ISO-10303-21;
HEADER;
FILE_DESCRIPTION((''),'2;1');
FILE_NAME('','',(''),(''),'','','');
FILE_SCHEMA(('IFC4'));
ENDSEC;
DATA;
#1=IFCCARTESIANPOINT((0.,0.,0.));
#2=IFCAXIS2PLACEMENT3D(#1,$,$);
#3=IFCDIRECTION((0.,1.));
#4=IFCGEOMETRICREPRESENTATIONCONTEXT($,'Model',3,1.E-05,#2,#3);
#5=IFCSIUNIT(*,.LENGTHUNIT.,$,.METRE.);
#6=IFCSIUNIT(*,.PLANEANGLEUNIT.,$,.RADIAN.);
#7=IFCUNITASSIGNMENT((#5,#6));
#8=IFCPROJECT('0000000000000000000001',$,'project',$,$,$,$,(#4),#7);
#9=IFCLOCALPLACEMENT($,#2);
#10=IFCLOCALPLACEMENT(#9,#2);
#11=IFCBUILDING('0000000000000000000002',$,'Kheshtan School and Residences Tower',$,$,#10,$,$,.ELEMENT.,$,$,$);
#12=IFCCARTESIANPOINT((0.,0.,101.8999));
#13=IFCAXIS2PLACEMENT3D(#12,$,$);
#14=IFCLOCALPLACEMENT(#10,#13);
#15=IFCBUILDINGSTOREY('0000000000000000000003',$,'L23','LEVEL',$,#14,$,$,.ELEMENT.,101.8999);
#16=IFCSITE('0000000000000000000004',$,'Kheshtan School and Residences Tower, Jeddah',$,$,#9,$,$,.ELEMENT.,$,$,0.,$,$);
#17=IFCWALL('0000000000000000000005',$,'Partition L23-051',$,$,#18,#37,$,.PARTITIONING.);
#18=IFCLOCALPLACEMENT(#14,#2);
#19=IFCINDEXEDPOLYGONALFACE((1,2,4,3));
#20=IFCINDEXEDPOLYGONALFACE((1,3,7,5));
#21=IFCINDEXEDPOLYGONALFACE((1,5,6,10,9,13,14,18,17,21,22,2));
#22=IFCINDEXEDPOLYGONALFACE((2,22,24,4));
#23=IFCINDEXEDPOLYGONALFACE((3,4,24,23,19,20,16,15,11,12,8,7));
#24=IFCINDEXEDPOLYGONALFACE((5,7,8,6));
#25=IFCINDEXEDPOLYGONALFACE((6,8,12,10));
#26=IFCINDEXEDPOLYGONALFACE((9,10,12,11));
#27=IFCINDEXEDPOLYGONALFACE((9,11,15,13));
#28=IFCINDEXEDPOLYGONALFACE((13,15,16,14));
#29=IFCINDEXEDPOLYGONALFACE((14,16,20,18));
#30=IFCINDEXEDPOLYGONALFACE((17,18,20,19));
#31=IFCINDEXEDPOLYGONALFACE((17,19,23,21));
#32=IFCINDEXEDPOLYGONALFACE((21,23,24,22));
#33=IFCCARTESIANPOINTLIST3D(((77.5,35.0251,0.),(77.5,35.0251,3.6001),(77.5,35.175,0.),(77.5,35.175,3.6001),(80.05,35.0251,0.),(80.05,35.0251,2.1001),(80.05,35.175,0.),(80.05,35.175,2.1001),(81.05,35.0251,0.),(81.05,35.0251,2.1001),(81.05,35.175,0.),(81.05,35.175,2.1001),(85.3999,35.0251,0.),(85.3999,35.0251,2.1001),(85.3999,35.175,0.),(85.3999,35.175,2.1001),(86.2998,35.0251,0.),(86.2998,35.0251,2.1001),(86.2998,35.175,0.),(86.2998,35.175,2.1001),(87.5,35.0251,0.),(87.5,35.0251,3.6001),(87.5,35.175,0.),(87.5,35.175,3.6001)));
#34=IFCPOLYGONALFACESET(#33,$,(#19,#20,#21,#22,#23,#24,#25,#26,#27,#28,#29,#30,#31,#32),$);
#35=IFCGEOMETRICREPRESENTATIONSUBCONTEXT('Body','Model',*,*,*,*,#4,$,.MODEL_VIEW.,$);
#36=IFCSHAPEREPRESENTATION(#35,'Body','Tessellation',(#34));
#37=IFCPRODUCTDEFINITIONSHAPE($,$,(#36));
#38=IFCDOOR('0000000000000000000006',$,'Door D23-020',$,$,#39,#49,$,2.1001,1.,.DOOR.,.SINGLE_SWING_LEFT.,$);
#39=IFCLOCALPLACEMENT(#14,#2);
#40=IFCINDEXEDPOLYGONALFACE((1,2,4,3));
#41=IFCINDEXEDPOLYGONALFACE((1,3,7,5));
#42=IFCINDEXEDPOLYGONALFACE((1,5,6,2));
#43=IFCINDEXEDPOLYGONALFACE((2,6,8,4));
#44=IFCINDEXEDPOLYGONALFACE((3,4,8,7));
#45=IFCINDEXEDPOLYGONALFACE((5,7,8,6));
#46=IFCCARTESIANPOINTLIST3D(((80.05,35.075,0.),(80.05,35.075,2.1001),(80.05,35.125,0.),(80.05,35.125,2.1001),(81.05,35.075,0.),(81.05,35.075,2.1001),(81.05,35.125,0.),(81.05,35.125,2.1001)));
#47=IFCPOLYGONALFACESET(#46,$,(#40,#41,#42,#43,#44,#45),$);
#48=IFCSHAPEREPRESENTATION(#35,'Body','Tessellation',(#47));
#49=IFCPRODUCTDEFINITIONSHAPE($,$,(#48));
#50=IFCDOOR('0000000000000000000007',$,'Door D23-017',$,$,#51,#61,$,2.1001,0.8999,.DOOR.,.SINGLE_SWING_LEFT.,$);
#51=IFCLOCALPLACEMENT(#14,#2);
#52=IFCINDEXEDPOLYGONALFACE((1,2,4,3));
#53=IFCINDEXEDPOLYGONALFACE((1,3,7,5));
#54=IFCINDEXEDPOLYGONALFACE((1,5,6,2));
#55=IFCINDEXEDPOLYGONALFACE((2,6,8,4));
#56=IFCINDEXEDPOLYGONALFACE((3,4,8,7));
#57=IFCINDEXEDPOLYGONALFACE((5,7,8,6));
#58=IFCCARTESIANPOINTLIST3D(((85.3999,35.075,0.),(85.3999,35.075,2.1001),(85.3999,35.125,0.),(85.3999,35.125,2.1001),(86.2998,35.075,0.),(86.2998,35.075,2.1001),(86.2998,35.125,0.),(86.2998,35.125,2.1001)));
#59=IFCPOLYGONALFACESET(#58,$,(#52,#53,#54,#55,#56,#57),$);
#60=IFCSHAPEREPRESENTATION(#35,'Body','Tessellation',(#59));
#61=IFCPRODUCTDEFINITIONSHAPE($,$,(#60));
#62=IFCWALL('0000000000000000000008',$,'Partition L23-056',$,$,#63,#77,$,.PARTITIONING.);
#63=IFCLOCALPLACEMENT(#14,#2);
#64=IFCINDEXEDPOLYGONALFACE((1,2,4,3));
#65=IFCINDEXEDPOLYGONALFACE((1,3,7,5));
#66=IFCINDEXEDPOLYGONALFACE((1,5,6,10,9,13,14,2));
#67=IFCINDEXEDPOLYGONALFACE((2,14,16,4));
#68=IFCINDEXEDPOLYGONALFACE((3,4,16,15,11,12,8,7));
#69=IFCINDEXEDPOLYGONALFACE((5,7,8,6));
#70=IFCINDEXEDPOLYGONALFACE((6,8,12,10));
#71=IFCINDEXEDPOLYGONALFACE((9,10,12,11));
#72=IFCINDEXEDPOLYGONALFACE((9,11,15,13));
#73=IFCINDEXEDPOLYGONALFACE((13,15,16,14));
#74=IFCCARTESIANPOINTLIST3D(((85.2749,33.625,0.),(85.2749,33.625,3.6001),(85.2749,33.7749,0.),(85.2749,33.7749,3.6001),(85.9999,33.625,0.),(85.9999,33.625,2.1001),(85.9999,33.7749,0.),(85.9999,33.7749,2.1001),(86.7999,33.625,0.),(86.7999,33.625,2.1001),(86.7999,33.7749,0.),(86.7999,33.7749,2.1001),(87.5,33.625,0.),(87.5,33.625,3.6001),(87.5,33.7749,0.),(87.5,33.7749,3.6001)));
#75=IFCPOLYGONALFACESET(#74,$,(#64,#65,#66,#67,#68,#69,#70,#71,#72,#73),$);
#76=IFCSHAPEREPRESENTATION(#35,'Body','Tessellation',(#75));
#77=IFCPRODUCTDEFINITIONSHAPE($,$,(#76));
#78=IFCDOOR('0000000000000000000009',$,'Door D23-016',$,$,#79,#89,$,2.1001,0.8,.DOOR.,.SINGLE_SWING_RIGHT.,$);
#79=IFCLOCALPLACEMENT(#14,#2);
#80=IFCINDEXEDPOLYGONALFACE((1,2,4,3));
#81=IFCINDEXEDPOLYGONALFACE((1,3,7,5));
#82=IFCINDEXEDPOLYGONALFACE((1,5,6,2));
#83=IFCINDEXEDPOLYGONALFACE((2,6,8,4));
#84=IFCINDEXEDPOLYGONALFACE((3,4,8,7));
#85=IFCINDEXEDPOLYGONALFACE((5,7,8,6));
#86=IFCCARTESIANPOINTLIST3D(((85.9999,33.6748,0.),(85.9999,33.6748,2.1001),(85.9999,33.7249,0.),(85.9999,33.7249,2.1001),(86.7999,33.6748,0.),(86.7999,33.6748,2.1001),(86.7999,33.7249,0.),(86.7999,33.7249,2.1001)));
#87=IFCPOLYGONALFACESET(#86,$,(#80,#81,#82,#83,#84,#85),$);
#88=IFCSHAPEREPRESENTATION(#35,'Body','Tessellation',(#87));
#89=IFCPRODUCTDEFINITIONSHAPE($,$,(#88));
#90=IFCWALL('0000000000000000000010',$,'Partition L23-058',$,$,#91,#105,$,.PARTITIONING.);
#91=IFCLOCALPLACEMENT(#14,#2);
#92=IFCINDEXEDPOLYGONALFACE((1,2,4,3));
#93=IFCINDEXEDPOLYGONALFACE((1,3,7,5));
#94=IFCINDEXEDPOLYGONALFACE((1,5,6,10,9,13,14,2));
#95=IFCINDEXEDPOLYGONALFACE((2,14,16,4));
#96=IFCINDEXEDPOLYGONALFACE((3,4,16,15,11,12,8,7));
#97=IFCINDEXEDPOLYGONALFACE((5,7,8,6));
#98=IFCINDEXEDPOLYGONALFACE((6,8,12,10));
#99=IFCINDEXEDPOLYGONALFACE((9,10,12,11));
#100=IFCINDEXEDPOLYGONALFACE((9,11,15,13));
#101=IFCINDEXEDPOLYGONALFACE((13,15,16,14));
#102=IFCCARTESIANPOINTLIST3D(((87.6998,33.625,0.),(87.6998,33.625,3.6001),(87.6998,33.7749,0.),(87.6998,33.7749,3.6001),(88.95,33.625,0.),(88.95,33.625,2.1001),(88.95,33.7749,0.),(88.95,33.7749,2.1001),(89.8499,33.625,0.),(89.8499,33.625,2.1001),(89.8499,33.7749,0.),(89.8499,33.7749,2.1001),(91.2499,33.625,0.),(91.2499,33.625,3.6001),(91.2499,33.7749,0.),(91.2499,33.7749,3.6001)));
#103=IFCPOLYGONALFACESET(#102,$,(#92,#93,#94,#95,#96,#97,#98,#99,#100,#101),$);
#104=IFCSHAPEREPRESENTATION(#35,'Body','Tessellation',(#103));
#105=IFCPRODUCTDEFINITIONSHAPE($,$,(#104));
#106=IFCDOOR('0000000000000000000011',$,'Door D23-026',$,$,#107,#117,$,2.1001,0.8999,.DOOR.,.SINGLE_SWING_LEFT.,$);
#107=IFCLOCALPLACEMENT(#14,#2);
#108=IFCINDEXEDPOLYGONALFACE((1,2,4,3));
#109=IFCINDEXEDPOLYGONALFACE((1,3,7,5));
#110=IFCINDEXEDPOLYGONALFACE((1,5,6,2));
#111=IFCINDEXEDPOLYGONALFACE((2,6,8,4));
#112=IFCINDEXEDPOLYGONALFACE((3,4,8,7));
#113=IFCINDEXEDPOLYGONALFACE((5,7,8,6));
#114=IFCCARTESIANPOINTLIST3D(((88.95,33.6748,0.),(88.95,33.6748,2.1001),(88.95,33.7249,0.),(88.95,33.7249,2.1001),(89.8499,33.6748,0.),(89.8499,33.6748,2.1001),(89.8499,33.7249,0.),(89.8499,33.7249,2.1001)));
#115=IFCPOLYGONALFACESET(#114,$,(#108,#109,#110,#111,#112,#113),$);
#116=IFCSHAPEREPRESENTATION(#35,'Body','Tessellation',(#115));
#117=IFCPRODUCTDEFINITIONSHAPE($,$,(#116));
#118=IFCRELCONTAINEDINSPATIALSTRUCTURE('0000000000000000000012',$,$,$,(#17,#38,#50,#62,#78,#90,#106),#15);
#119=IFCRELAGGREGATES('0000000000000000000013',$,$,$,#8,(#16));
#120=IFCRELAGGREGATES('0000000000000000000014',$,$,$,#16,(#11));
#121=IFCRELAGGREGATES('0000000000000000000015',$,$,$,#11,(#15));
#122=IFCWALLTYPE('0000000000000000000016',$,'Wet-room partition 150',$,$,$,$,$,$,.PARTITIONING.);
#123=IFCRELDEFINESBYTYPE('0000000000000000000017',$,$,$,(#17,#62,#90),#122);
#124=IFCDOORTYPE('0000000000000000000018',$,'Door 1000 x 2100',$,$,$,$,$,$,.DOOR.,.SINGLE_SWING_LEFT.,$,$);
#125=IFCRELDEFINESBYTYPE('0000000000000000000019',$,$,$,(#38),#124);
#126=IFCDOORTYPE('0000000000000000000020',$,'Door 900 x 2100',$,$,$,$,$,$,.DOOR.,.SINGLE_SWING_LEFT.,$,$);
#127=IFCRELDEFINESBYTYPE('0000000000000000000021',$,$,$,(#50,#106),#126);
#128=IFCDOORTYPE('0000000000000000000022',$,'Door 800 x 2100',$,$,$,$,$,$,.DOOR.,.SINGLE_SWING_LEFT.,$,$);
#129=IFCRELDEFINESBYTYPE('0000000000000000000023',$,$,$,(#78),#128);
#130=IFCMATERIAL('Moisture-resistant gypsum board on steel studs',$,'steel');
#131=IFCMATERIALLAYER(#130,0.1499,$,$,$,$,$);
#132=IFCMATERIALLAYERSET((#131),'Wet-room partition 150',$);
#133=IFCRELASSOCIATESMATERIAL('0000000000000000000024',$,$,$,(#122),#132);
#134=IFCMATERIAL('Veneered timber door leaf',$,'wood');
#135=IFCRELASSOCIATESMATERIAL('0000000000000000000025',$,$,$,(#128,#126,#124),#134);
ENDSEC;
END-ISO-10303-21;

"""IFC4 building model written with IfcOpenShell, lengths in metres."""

from ifc_helpers import new_model, si_unit, direction, frame, frame_2d, origin, place, context, subcontext, project, spatial, rectangle, extrude, source, transform, mapped, material, layer, layer_set, type_object, element, fill, save


model = new_model("IFC4")

# Units and contexts
model_context = context("Model", 3, precision=1e-05, world=origin(), true_north=direction((0.0, 1.0)))
body_context = subcontext(model_context, "Body", "Model", "MODEL_VIEW")
ifc_project = project(units=[si_unit("LENGTHUNIT", "METRE"), si_unit("PLANEANGLEUNIT", "RADIAN")], contexts=[model_context])

# Site, building, storey
site_placement = place(None, origin())
site = spatial("IfcSite", under=ifc_project, at=site_placement, Name="Kheshtan School and Residences Tower, Jeddah", CompositionType="ELEMENT", RefElevation=0.0)
building_placement = place(site_placement, origin())
building = spatial("IfcBuilding", under=site, at=building_placement, Name="Kheshtan School and Residences Tower", CompositionType="ELEMENT")
storey_placement = place(building_placement, frame((0.0, 0.0, 101.8999)))
storey = spatial("IfcBuildingStorey", under=building, at=storey_placement, Name="L23", Description="LEVEL", CompositionType="ELEMENT", Elevation=101.8999)

# Wall, openings, doors
ifc_material_1 = material(Name="Moisture-resistant gypsum board on steel studs", Category="steel")
ifc_layer_1 = layer(ifc_material_1, 0.1499)
ifc_layer_set_1 = layer_set([ifc_layer_1], Name="Wet-room partition 150")
wall_type_1 = type_object("IfcWallType", Name="Wet-room partition 150", PredefinedType="PARTITIONING", material=ifc_layer_set_1)
ifc_material_2 = material(Name="Veneered timber door leaf", Category="wood")
door_type_1 = type_object("IfcDoorType", Name="Door 800 x 2100", OperationType="SINGLE_SWING_LEFT", PredefinedType="DOOR", material=ifc_material_2)
shared_shape_1 = source(origin(), body_context, "Body", "SweptSolid", [
    extrude(rectangle(XDim=0.8, YDim=2.1001, at=frame_2d((0.3999, 1.05))), frame((0.0, 0.0249, 0.0), z_axis=(0.0, -1.0, 0.0), x_axis=(1.0, 0.0, 0.0)), (0.0, 0.0, 1.0), 0.05),
])
door_type_2 = type_object("IfcDoorType", Name="Door 900 x 2100", OperationType="SINGLE_SWING_LEFT", PredefinedType="DOOR", material=ifc_material_2)
shared_shape_2 = source(origin(), body_context, "Body", "SweptSolid", [
    extrude(rectangle(XDim=0.8999, YDim=2.1001, at=frame_2d((0.45, 1.05))), frame((0.0, 0.0249, 0.0), z_axis=(0.0, -1.0, 0.0), x_axis=(1.0, 0.0, 0.0)), (0.0, 0.0, 1.0), 0.05),
])
wall_1_placement = place(storey_placement, frame((77.5, 35.1001, 0.0), z_axis=(0.0, 0.0, 1.0), x_axis=(1.0, 0.0, 0.0)))
wall_1 = element("IfcWall", 1, at=wall_1_placement, inside=storey, type_object=wall_type_1, Name="Partition L23-051", PredefinedType="PARTITIONING", context=body_context, shape_type="SweptSolid", body=[
    extrude(rectangle(XDim=10.0, YDim=0.1499, at=frame_2d((5.0, 0.0))), origin(), (0.0, 0.0, 1.0), 3.6001),
])
opening_1_placement = place(wall_1_placement, frame((7.8999, 0.0, 0.0)))
opening_1 = element("IfcOpeningElement", 2, at=opening_1_placement, cuts=wall_1, PredefinedType="OPENING", context=body_context, shape_type="SweptSolid", body=[
    extrude(rectangle(XDim=0.8999, YDim=2.1001, at=frame_2d((0.45, 1.05))), frame((0.0, 0.085, 0.0), z_axis=(0.0, -1.0, 0.0), x_axis=(1.0, 0.0, 0.0)), (0.0, 0.0, 1.0), 0.1699),
])
opening_2_placement = place(wall_1_placement, frame((2.55, 0.0, 0.0)))
opening_2 = element("IfcOpeningElement", 3, at=opening_2_placement, cuts=wall_1, PredefinedType="OPENING", context=body_context, shape_type="SweptSolid", body=[
    extrude(rectangle(XDim=1.0, YDim=2.1001, at=frame_2d((0.5, 1.05))), frame((0.0, 0.085, 0.0), z_axis=(0.0, -1.0, 0.0), x_axis=(1.0, 0.0, 0.0)), (0.0, 0.0, 1.0), 0.1699),
])
door_type_3 = type_object("IfcDoorType", Name="Door 1000 x 2100", OperationType="SINGLE_SWING_LEFT", PredefinedType="DOOR", material=ifc_material_2)
shared_shape_3 = source(origin(), body_context, "Body", "SweptSolid", [
    extrude(rectangle(XDim=1.0, YDim=2.1001, at=frame_2d((0.5, 1.05))), frame((0.0, 0.0249, 0.0), z_axis=(0.0, -1.0, 0.0), x_axis=(1.0, 0.0, 0.0)), (0.0, 0.0, 1.0), 0.05),
])
door_1_placement = place(opening_2_placement, origin())
door_1 = element("IfcDoor", 4, at=door_1_placement, inside=storey, type_object=door_type_3, Name="Door D23-020", OperationType="SINGLE_SWING_LEFT", OverallHeight=2.1001, OverallWidth=1.0, PredefinedType="DOOR", context=body_context, shape_type="MappedRepresentation", body=[
    mapped(shared_shape_3, transform((0.0, 0.0, 0.0), x_axis=(1.0, 0.0, 0.0), y_axis=(0.0, 1.0, 0.0), z_axis=(0.0, 0.0, 1.0), scale=1.0)),
])
fill(opening_2, door_1)
door_2_placement = place(opening_1_placement, origin())
door_2 = element("IfcDoor", 5, at=door_2_placement, inside=storey, type_object=door_type_2, Name="Door D23-017", OperationType="SINGLE_SWING_LEFT", OverallHeight=2.1001, OverallWidth=0.8999, PredefinedType="DOOR", context=body_context, shape_type="MappedRepresentation", body=[
    mapped(shared_shape_2, transform((0.0, 0.0, 0.0), x_axis=(1.0, 0.0, 0.0), y_axis=(0.0, 1.0, 0.0), z_axis=(0.0, 0.0, 1.0), scale=1.0)),
])
fill(opening_1, door_2)

# Walls, openings, doors
wall_2_placement = place(storey_placement, frame((85.2749, 33.7, 0.0), z_axis=(0.0, 0.0, 1.0), x_axis=(1.0, 0.0, 0.0)))
wall_2 = element("IfcWall", 6, at=wall_2_placement, inside=storey, type_object=wall_type_1, Name="Partition L23-056", PredefinedType="PARTITIONING", context=body_context, shape_type="SweptSolid", body=[
    extrude(rectangle(XDim=2.2251, YDim=0.1499, at=frame_2d((1.1125, 0.0))), origin(), (0.0, 0.0, 1.0), 3.6001),
])
opening_3_placement = place(wall_2_placement, frame((0.7251, 0.0, 0.0)))
opening_3 = element("IfcOpeningElement", 7, at=opening_3_placement, cuts=wall_2, PredefinedType="OPENING", context=body_context, shape_type="SweptSolid", body=[
    extrude(rectangle(XDim=0.8, YDim=2.1001, at=frame_2d((0.3999, 1.05))), frame((0.0, 0.085, 0.0), z_axis=(0.0, -1.0, 0.0), x_axis=(1.0, 0.0, 0.0)), (0.0, 0.0, 1.0), 0.1699),
])
door_3_placement = place(opening_3_placement, origin())
door_3 = element("IfcDoor", 8, at=door_3_placement, inside=storey, type_object=door_type_1, Name="Door D23-016", OperationType="SINGLE_SWING_RIGHT", OverallHeight=2.1001, OverallWidth=0.8, PredefinedType="DOOR", context=body_context, shape_type="MappedRepresentation", body=[
    mapped(shared_shape_1, transform((0.0, 0.0, 0.0), x_axis=(1.0, 0.0, 0.0), y_axis=(0.0, 1.0, 0.0), z_axis=(0.0, 0.0, 1.0), scale=1.0)),
])
fill(opening_3, door_3)
wall_3_placement = place(storey_placement, frame((87.7, 33.7, 0.0), z_axis=(0.0, 0.0, 1.0), x_axis=(1.0, 0.0, 0.0)))
wall_3 = element("IfcWall", 9, at=wall_3_placement, inside=storey, type_object=wall_type_1, Name="Partition L23-058", PredefinedType="PARTITIONING", context=body_context, shape_type="SweptSolid", body=[
    extrude(rectangle(XDim=3.55, YDim=0.1499, at=frame_2d((1.7749, 0.0))), origin(), (0.0, 0.0, 1.0), 3.6001),
])
opening_4_placement = place(wall_3_placement, frame((1.25, 0.0, 0.0)))
opening_4 = element("IfcOpeningElement", 10, at=opening_4_placement, cuts=wall_3, PredefinedType="OPENING", context=body_context, shape_type="SweptSolid", body=[
    extrude(rectangle(XDim=0.8999, YDim=2.1001, at=frame_2d((0.45, 1.05))), frame((0.0, 0.085, 0.0), z_axis=(0.0, -1.0, 0.0), x_axis=(1.0, 0.0, 0.0)), (0.0, 0.0, 1.0), 0.1699),
])
door_4_placement = place(opening_4_placement, origin())
door_4 = element("IfcDoor", 11, at=door_4_placement, inside=storey, type_object=door_type_2, Name="Door D23-026", OperationType="SINGLE_SWING_LEFT", OverallHeight=2.1001, OverallWidth=0.8999, PredefinedType="DOOR", context=body_context, shape_type="MappedRepresentation", body=[
    mapped(shared_shape_2, transform((0.0, 0.0, 0.0), x_axis=(1.0, 0.0, 0.0), y_axis=(0.0, 1.0, 0.0), z_axis=(0.0, 0.0, 1.0), scale=1.0)),
])
fill(opening_4, door_4)

save(model, "model.ifc")
